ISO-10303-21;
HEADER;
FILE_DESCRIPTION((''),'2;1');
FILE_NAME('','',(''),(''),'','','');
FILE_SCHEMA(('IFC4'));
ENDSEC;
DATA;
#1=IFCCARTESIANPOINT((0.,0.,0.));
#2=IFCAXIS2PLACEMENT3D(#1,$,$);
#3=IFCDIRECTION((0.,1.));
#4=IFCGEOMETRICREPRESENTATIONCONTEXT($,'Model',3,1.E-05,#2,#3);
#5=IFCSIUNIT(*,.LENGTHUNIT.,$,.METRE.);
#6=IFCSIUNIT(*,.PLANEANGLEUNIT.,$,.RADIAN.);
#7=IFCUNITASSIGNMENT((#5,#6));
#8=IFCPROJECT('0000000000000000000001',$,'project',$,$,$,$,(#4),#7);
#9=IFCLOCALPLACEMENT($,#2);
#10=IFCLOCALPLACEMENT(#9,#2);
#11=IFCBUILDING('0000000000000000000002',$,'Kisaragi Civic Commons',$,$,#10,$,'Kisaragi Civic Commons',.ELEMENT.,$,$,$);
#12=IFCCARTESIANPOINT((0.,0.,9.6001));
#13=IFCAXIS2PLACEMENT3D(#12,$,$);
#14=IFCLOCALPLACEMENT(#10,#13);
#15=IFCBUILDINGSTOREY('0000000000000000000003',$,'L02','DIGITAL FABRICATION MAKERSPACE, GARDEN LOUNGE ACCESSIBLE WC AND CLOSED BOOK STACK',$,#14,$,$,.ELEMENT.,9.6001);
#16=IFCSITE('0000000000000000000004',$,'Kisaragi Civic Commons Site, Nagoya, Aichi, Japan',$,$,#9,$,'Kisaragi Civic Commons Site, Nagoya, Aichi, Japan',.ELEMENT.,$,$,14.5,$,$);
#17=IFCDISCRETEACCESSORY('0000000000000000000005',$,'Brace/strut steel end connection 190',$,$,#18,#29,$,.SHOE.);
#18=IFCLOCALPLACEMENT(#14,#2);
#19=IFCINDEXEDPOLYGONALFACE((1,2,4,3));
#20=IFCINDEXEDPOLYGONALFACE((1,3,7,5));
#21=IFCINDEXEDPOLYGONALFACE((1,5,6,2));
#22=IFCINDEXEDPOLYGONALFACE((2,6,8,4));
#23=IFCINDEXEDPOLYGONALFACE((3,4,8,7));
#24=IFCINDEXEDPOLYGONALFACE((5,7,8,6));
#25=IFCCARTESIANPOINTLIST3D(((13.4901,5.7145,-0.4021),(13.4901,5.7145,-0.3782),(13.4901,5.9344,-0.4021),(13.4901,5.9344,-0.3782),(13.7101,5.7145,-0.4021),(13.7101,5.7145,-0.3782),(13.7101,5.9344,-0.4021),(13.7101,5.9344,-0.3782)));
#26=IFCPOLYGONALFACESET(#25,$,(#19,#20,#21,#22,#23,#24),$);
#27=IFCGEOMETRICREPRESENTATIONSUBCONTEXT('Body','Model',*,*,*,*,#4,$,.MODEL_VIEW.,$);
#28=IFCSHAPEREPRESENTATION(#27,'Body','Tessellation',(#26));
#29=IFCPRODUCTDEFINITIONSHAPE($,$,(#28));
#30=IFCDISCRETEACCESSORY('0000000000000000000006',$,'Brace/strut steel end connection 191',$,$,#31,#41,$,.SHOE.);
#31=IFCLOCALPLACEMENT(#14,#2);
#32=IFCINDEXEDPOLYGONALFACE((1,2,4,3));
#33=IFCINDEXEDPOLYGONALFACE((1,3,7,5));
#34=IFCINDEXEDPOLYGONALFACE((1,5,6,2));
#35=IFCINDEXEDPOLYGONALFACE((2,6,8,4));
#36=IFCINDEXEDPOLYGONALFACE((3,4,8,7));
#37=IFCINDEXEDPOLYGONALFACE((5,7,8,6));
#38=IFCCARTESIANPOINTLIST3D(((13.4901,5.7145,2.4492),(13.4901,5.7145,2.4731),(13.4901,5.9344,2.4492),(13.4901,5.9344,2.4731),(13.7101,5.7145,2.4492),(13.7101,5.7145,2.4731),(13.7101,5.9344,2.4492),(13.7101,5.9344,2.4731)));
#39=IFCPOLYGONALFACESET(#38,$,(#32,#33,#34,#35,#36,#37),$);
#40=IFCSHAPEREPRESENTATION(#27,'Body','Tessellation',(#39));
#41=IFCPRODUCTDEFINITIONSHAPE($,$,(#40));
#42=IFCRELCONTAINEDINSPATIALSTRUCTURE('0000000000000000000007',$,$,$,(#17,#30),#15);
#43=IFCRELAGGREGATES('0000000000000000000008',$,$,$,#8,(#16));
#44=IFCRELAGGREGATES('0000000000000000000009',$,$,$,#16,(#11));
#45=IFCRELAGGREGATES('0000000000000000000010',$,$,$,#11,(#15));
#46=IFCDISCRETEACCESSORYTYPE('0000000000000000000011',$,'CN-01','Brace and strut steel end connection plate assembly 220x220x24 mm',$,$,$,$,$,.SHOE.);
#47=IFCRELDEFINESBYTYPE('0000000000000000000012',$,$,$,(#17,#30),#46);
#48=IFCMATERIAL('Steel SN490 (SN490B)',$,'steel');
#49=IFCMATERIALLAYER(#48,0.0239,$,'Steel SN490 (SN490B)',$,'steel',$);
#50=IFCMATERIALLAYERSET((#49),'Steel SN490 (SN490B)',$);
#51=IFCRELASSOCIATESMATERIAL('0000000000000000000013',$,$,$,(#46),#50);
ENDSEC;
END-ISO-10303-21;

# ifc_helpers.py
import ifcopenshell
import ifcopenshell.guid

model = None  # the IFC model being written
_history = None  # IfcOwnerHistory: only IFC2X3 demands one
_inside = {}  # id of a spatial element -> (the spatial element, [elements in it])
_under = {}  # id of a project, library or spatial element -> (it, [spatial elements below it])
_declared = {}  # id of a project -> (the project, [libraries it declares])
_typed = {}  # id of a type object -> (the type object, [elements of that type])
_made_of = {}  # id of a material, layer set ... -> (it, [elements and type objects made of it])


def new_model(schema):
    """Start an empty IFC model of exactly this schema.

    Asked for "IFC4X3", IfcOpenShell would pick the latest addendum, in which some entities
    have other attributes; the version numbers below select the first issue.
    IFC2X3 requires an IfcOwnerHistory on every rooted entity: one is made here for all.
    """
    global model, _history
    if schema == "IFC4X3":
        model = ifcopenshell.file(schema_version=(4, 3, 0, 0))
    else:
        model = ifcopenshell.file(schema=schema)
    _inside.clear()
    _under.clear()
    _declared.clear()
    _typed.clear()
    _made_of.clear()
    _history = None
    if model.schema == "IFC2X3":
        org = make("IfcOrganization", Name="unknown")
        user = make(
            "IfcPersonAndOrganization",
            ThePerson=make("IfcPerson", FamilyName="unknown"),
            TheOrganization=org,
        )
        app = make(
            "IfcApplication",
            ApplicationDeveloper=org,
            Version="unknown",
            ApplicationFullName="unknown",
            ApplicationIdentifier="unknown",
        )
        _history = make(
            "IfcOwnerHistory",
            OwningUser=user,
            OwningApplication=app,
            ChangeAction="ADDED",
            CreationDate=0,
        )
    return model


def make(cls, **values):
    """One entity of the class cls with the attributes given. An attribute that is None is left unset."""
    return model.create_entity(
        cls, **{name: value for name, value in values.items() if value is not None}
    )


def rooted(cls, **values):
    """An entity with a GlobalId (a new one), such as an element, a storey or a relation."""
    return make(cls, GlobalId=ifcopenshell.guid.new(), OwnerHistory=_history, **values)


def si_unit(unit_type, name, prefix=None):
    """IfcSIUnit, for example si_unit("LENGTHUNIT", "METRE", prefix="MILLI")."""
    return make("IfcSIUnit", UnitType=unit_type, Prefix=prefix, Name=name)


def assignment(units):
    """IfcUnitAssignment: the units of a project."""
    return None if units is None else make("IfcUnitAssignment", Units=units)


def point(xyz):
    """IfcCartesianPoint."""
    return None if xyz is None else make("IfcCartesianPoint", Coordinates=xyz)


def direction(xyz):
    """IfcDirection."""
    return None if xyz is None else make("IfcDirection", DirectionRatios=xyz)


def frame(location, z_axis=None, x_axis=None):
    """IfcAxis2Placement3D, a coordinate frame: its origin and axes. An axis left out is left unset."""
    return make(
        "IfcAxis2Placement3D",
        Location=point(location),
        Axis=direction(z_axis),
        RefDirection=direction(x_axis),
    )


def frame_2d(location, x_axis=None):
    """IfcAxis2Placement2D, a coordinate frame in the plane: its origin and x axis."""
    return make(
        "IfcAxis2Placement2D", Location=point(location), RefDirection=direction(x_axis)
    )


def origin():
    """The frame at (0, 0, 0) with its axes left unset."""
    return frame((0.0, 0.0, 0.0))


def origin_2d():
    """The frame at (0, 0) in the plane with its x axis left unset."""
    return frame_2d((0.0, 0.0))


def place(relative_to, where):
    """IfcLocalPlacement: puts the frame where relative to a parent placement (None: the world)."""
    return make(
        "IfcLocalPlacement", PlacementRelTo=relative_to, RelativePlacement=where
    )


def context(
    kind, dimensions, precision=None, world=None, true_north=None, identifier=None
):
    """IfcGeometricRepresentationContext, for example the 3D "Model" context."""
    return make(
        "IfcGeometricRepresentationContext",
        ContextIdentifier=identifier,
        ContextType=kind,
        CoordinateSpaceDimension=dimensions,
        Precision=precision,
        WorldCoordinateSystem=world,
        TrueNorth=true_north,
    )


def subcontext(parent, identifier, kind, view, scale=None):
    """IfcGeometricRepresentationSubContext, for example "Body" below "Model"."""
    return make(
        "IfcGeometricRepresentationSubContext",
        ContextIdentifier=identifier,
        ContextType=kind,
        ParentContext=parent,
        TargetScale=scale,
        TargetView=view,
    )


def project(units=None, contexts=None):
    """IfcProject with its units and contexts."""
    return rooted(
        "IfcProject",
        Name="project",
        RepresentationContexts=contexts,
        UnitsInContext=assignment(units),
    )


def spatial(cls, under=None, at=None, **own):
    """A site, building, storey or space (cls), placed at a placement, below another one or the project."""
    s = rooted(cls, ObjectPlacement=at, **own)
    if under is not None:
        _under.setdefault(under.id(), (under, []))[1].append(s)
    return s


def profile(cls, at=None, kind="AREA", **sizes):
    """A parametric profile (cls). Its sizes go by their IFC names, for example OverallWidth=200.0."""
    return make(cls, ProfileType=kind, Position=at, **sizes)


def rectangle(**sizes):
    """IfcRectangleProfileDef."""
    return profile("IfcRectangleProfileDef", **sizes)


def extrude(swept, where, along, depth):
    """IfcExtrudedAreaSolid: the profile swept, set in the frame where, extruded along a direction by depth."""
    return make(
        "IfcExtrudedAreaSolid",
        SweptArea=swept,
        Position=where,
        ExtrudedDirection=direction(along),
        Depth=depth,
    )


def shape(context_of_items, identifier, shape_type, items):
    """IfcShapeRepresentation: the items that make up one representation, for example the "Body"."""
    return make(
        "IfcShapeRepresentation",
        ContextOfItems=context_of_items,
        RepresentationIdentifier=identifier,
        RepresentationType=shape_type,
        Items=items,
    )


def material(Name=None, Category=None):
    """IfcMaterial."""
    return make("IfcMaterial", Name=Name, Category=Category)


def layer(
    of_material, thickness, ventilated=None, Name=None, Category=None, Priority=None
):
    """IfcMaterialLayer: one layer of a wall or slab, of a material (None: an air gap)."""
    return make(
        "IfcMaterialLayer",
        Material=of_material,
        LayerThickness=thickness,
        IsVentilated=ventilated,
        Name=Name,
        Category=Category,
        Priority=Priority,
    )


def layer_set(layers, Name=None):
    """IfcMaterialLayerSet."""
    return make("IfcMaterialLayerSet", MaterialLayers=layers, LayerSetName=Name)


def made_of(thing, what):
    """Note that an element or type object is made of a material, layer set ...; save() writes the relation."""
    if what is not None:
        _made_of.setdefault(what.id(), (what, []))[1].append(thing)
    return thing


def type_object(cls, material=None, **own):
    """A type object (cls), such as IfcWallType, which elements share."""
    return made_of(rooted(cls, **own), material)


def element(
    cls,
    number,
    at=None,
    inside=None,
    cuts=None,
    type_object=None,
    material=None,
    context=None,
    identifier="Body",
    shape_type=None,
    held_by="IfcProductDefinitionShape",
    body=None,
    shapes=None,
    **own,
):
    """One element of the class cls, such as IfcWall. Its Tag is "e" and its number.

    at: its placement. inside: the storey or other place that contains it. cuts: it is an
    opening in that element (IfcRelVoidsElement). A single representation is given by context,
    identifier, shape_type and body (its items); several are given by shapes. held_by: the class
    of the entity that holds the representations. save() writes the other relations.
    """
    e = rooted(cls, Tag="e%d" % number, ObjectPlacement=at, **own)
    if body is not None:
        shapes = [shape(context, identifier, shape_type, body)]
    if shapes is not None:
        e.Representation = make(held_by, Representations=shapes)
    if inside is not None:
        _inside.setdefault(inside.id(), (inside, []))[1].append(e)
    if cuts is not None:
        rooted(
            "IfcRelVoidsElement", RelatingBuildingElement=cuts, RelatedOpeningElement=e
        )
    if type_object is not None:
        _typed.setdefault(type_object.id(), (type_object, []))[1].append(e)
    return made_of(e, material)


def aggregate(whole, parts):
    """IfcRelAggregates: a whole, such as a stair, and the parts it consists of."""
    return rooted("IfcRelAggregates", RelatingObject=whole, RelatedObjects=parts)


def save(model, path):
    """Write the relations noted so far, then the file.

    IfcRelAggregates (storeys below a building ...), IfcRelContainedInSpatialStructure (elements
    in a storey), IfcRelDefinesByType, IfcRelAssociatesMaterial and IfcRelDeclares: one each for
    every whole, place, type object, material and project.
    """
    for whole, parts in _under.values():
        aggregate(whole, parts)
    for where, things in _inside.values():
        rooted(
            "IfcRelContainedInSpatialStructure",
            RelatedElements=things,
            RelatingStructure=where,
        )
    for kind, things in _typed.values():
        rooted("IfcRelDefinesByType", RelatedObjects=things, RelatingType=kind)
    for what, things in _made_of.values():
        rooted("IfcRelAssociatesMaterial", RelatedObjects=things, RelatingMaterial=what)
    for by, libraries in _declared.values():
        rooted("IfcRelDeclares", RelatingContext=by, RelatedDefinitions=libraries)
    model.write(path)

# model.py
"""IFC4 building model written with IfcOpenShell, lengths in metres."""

from ifc_helpers import new_model, si_unit, direction, frame, origin, origin_2d, place, context, subcontext, project, spatial, rectangle, extrude, material, layer, layer_set, type_object, element, save


model = new_model("IFC4")

# Units and contexts
model_context = context("Model", 3, precision=1e-05, world=origin(), true_north=direction((0.0, 1.0)))
body_context = subcontext(model_context, "Body", "Model", "MODEL_VIEW")
ifc_project = project(units=[si_unit("LENGTHUNIT", "METRE"), si_unit("PLANEANGLEUNIT", "RADIAN")], contexts=[model_context])

# Site, building, storey
site_placement = place(None, origin())
site = spatial("IfcSite", under=ifc_project, at=site_placement, Name="Kisaragi Civic Commons Site, Nagoya, Aichi, Japan", LongName="Kisaragi Civic Commons Site, Nagoya, Aichi, Japan", CompositionType="ELEMENT", RefElevation=14.5)
building_placement = place(site_placement, origin())
building = spatial("IfcBuilding", under=site, at=building_placement, Name="Kisaragi Civic Commons", LongName="Kisaragi Civic Commons", CompositionType="ELEMENT")
storey_placement = place(building_placement, frame((0.0, 0.0, 9.6001)))
storey = spatial("IfcBuildingStorey", under=building, at=storey_placement, Name="L02", Description="DIGITAL FABRICATION MAKERSPACE, GARDEN LOUNGE ACCESSIBLE WC AND CLOSED BOOK STACK", CompositionType="ELEMENT", Elevation=9.6001)

# Shared definitions
ifc_material_1 = material(Name="Steel SN490 (SN490B)", Category="steel")

# Discrete accessories
ifc_layer_1 = layer(ifc_material_1, 0.0239, Name="Steel SN490 (SN490B)", Category="steel")
ifc_layer_set_1 = layer_set([ifc_layer_1], Name="Steel SN490 (SN490B)")
discrete_accessory_type = type_object("IfcDiscreteAccessoryType", Name="CN-01", Description="Brace and strut steel end connection plate assembly 220x220x24 mm", PredefinedType="SHOE", material=ifc_layer_set_1)
for number, where, z_axis, x_axis, name in (
    (1, (13.6001, 5.8245, -0.4021), (0.0, 0.0, 1.0), (1.0, 0.0, 0.0), "Brace/strut steel end connection 190"),
    (2, (13.6001, 5.8245, 2.4492), (0.0, 0.0, 1.0), (1.0, 0.0, 0.0), "Brace/strut steel end connection 191"),
):
    element("IfcDiscreteAccessory", number, at=place(storey_placement, frame(where, z_axis=z_axis, x_axis=x_axis)), inside=storey, type_object=discrete_accessory_type, Name=name, PredefinedType="SHOE", context=body_context, shape_type="SweptSolid", body=[
        extrude(rectangle(XDim=0.22, YDim=0.22, at=origin_2d()), origin(), (0.0, 0.0, 1.0), 0.0239),
    ])

save(model, "model.ifc")
